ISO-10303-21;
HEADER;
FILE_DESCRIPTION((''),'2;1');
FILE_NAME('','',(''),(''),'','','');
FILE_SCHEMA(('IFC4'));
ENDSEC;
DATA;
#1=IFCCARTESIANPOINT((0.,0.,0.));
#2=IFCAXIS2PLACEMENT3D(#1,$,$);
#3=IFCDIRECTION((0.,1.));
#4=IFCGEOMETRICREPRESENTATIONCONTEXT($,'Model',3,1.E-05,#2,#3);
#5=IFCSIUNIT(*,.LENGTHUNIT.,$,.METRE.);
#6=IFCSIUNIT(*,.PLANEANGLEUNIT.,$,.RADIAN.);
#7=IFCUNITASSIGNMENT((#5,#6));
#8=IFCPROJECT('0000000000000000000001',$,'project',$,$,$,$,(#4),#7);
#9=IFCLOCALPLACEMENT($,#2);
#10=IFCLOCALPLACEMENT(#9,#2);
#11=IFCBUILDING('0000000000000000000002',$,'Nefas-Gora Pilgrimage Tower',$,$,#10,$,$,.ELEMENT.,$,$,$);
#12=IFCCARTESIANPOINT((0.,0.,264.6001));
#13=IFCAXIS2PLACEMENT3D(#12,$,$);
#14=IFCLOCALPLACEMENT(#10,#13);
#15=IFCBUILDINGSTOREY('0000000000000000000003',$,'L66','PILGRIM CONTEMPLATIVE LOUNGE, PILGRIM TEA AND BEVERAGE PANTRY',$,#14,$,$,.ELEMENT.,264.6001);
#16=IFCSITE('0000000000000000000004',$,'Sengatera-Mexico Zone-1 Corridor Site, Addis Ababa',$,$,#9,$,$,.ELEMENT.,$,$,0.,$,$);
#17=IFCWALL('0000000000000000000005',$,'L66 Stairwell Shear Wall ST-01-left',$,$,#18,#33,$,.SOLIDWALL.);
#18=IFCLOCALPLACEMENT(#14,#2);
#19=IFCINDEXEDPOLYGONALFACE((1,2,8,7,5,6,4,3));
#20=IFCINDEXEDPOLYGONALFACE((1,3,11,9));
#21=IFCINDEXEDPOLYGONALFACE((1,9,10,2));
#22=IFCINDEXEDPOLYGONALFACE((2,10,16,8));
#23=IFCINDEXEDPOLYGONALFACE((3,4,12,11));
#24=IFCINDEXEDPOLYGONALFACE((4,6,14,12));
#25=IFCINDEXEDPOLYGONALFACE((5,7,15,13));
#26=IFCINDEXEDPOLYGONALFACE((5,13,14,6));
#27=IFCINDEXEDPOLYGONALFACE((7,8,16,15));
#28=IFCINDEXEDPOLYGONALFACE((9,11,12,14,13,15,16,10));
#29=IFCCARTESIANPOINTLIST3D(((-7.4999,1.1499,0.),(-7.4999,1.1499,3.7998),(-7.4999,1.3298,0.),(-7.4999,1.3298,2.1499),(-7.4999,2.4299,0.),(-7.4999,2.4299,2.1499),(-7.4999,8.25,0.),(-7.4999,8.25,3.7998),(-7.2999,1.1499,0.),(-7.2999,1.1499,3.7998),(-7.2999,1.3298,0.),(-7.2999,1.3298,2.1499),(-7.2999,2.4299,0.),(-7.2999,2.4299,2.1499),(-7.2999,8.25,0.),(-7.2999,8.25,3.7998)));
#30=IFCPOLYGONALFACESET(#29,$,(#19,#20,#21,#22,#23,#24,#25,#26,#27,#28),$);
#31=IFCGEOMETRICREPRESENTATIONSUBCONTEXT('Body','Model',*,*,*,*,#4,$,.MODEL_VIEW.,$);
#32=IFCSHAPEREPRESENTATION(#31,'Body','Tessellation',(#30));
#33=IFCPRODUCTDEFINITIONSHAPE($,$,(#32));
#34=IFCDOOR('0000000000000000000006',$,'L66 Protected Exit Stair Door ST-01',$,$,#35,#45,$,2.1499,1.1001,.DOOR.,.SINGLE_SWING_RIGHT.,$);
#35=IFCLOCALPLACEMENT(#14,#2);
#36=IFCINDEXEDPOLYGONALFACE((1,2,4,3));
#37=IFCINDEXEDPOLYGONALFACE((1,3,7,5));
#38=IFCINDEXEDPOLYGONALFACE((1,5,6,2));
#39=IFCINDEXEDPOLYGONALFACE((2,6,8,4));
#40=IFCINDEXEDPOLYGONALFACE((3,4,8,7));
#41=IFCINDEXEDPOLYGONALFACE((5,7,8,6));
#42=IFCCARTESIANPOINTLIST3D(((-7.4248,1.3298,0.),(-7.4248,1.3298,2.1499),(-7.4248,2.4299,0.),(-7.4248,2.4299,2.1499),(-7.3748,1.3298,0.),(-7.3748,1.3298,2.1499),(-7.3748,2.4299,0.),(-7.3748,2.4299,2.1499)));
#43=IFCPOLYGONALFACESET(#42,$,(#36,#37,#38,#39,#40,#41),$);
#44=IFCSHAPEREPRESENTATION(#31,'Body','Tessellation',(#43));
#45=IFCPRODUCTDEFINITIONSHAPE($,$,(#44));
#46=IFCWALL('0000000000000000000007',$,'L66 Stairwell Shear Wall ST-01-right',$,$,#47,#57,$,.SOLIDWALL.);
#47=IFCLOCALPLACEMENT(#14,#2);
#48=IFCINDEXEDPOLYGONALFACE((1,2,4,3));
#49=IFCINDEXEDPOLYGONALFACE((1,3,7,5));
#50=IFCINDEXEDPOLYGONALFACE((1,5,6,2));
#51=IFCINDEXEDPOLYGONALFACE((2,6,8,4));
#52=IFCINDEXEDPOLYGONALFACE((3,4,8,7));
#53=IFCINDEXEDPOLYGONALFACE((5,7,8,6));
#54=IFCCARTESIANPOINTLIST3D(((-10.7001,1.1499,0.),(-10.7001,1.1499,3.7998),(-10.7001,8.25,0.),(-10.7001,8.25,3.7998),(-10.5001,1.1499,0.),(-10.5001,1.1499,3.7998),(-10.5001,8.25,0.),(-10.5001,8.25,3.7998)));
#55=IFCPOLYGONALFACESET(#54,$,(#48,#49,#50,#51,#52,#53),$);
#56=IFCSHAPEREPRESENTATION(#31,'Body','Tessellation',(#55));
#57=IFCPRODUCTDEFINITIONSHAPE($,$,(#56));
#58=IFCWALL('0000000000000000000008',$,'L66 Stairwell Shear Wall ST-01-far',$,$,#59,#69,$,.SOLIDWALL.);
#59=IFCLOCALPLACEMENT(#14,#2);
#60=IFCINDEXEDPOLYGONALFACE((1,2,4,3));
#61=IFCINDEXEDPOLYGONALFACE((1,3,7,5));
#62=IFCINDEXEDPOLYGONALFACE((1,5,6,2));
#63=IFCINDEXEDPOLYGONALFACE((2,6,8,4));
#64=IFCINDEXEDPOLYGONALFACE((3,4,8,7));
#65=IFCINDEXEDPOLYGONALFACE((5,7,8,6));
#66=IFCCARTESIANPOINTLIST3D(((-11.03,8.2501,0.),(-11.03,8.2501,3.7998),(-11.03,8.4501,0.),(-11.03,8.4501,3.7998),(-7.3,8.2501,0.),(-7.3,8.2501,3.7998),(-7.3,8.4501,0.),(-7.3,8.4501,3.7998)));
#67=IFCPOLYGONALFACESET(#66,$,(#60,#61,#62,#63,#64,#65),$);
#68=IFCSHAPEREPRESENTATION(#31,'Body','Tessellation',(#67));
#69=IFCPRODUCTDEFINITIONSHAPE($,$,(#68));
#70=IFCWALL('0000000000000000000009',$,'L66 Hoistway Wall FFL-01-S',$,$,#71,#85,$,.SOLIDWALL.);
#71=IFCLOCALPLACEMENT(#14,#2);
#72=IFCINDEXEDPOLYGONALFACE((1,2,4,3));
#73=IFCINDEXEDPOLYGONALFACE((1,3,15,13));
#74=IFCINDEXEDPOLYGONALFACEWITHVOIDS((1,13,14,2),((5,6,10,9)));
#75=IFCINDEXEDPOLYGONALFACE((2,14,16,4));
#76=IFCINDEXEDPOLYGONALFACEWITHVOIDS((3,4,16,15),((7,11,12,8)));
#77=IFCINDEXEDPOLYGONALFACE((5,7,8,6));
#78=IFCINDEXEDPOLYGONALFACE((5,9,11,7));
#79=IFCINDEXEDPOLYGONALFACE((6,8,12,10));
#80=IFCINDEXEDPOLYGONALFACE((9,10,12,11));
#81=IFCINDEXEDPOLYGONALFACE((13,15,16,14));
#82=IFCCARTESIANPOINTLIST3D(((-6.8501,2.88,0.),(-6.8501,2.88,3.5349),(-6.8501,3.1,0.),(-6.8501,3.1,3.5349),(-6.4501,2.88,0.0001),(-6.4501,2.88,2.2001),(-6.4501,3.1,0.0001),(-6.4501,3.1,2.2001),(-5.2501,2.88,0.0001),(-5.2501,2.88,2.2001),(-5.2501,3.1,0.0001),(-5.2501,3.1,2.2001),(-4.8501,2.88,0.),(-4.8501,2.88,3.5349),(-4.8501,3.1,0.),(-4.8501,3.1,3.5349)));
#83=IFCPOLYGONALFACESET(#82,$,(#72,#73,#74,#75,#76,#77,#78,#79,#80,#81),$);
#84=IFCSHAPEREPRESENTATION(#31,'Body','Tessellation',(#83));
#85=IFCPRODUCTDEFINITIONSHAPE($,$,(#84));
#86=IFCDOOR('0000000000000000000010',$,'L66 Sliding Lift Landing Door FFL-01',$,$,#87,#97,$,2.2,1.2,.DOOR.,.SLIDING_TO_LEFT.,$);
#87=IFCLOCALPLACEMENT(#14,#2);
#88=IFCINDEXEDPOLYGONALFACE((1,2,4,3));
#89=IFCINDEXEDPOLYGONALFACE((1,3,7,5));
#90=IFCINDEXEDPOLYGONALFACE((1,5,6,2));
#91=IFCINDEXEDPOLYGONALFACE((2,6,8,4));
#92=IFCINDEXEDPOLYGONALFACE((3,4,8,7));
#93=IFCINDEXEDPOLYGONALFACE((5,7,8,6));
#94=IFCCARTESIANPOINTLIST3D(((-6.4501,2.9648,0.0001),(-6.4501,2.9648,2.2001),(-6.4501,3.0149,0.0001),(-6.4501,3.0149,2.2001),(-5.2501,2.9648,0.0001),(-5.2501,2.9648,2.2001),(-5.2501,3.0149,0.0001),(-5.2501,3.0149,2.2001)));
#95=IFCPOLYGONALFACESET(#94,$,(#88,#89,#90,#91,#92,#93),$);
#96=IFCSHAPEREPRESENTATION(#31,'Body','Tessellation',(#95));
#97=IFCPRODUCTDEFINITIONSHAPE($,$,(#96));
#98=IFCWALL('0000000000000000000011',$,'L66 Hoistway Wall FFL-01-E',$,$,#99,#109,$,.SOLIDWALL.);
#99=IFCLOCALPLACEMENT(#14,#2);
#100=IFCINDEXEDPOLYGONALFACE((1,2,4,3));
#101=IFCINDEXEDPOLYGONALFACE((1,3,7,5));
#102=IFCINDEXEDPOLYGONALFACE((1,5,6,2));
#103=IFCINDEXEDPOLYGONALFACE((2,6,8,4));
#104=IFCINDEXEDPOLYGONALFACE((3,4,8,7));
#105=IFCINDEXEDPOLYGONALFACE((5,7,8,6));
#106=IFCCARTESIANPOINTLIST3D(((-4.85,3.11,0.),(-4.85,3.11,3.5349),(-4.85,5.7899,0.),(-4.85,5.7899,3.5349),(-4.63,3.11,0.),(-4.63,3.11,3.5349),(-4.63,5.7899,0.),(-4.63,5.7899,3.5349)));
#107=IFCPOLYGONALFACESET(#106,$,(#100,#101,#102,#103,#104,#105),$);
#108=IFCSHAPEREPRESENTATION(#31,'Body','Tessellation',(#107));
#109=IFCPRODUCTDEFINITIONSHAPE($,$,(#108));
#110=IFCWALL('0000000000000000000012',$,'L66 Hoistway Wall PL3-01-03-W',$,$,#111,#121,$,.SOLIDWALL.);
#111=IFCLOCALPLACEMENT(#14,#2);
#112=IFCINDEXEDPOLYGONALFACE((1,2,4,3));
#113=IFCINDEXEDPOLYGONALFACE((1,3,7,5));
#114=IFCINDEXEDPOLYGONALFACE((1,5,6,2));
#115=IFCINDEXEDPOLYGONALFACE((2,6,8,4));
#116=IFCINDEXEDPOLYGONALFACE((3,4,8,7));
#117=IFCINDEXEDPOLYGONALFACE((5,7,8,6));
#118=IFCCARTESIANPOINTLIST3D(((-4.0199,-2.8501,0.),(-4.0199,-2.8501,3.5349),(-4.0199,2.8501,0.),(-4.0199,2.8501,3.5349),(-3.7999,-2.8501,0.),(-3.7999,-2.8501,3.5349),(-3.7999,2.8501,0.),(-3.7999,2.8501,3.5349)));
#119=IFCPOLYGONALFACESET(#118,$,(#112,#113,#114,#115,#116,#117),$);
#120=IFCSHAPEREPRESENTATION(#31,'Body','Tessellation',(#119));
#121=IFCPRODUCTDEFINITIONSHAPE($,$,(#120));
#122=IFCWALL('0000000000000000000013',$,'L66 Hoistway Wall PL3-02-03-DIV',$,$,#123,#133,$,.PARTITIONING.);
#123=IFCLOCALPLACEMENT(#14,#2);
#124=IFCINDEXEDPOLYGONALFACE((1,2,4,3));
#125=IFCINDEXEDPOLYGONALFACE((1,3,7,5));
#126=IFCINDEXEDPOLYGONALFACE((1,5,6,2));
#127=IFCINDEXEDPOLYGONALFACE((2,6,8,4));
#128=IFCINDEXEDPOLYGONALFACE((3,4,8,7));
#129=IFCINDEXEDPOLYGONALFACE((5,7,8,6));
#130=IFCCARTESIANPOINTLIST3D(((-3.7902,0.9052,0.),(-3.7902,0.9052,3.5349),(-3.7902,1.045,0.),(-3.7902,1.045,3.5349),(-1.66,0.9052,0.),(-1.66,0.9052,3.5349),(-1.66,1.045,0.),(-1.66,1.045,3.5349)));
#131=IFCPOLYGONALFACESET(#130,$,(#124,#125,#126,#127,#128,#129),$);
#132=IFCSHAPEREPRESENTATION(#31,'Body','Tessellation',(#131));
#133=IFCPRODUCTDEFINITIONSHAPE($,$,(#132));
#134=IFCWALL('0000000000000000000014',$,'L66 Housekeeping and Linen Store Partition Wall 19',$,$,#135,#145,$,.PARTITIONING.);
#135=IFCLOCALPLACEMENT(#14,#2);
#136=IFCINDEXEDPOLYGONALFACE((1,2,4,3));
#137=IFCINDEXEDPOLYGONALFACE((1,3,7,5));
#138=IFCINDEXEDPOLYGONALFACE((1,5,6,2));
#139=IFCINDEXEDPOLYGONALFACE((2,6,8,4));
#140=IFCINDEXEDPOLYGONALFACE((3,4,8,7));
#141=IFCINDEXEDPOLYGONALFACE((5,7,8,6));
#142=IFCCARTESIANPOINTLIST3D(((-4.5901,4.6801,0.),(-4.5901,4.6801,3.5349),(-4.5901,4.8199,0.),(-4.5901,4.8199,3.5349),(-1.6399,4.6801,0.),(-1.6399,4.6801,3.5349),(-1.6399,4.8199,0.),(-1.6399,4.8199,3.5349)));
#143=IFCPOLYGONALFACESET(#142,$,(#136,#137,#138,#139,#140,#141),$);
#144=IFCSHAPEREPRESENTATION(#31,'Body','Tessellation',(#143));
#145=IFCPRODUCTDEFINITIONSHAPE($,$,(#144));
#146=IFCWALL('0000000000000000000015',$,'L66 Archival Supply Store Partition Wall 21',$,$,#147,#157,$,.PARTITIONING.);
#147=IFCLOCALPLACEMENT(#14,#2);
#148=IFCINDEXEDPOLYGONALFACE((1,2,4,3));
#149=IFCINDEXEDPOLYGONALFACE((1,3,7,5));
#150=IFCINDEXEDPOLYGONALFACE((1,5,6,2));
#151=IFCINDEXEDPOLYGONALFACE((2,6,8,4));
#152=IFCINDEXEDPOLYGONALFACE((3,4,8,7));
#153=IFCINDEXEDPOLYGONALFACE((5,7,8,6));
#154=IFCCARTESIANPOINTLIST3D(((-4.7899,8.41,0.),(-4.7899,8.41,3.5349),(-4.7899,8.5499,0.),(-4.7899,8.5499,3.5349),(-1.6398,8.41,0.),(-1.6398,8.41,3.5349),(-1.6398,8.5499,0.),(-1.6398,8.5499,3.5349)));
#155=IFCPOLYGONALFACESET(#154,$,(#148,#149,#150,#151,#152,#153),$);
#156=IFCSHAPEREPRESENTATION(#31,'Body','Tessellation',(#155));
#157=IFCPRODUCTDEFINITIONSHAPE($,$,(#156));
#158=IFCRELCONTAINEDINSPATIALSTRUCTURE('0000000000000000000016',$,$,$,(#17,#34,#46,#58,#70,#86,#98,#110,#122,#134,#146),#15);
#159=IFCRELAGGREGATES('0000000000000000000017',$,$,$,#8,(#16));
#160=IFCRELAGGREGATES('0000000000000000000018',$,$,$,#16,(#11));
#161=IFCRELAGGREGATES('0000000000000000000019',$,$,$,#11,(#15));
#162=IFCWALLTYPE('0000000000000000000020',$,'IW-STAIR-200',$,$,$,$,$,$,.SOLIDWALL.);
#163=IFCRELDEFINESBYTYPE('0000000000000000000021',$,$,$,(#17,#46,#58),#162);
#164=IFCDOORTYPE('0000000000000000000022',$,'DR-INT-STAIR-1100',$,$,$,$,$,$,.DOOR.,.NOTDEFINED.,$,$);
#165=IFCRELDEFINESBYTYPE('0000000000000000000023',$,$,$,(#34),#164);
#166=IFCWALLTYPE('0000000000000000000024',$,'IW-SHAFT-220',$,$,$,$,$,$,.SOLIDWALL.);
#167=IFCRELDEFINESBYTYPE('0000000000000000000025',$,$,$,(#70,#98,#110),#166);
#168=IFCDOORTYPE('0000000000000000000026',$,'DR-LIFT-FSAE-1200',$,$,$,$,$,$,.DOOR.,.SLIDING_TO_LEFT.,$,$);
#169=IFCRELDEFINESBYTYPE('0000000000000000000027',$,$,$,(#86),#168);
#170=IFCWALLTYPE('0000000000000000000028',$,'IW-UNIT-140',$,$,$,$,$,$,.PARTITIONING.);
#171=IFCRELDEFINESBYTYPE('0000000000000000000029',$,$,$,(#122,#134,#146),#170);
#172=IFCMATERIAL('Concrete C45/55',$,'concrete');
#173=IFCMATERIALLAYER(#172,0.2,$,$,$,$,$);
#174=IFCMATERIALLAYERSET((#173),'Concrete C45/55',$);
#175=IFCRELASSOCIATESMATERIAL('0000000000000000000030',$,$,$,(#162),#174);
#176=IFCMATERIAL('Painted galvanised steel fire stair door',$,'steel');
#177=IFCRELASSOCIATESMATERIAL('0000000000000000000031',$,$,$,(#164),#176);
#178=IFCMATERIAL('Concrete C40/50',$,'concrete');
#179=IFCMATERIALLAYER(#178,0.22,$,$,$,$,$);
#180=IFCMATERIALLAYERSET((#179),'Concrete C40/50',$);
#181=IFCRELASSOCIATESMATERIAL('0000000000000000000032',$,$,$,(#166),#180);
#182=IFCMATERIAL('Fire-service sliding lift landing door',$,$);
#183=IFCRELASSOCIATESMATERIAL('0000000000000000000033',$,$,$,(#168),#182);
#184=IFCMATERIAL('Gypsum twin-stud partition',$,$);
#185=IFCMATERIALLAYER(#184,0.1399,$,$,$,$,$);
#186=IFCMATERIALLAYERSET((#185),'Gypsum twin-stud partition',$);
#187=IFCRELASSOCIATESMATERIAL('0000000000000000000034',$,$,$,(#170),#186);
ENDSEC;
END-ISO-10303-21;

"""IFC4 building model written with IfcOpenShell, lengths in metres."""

from ifc_helpers import new_model, si_unit, direction, frame, frame_2d, origin, place, context, subcontext, project, spatial, rectangle, extrude, source, transform, mapped, material, layer, layer_set, type_object, element, fill, save


model = new_model("IFC4")

# Units and contexts
model_context = context("Model", 3, precision=1e-05, world=origin(), true_north=direction((0.0, 1.0)))
body_context = subcontext(model_context, "Body", "Model", "MODEL_VIEW")
ifc_project = project(units=[si_unit("LENGTHUNIT", "METRE"), si_unit("PLANEANGLEUNIT", "RADIAN")], contexts=[model_context])

# Site, building, storey
site_placement = place(None, origin())
site = spatial("IfcSite", under=ifc_project, at=site_placement, Name="Sengatera-Mexico Zone-1 Corridor Site, Addis Ababa", CompositionType="ELEMENT", RefElevation=0.0)
building_placement = place(site_placement, origin())
building = spatial("IfcBuilding", under=site, at=building_placement, Name="Nefas-Gora Pilgrimage Tower", CompositionType="ELEMENT")
storey_placement = place(building_placement, frame((0.0, 0.0, 264.6001)))
storey = spatial("IfcBuildingStorey", under=building, at=storey_placement, Name="L66", Description="PILGRIM CONTEMPLATIVE LOUNGE, PILGRIM TEA AND BEVERAGE PANTRY", CompositionType="ELEMENT", Elevation=264.6001)

# Shared definitions
ifc_material_1 = material(Name="Concrete C45/55", Category="concrete")
ifc_layer_1 = layer(ifc_material_1, 0.2)
ifc_layer_set_1 = layer_set([ifc_layer_1], Name="Concrete C45/55")
wall_type_1 = type_object("IfcWallType", Name="IW-STAIR-200", PredefinedType="SOLIDWALL", material=ifc_layer_set_1)

# Wall, opening, door
shared_shape_1 = source(origin(), body_context, "Body", "SweptSolid", [
    extrude(rectangle(XDim=7.1001, YDim=0.2, at=frame_2d((3.55, 0.0))), origin(), (0.0, 0.0, 1.0), 3.7998),
])
wall_1_placement = place(storey_placement, frame((-7.3999, 1.1499, 0.0), z_axis=(0.0, 0.0, 1.0), x_axis=(0.0, 1.0, 0.0)))
wall_1 = element("IfcWall", 1, at=wall_1_placement, inside=storey, type_object=wall_type_1, Name="L66 Stairwell Shear Wall ST-01-left", PredefinedType="SOLIDWALL", context=body_context, shape_type="MappedRepresentation", body=[
    mapped(shared_shape_1, transform((0.0, 0.0, 0.0), x_axis=(1.0, 0.0, 0.0), y_axis=(0.0, 1.0, 0.0), z_axis=(0.0, 0.0, 1.0), scale=1.0)),
])
opening_1_placement = place(wall_1_placement, frame((0.1799, 0.0, 0.0)))
opening_1 = element("IfcOpeningElement", 2, at=opening_1_placement, cuts=wall_1, PredefinedType="OPENING", context=body_context, shape_type="SweptSolid", body=[
    extrude(rectangle(XDim=1.1001, YDim=2.1499, at=frame_2d((0.55, 1.075))), frame((0.0, 0.1099, 0.0), z_axis=(0.0, -1.0, 0.0), x_axis=(1.0, 0.0, 0.0)), (0.0, 0.0, 1.0), 0.22),
])
ifc_material_2 = material(Name="Painted galvanised steel fire stair door", Category="steel")
door_type_1 = type_object("IfcDoorType", Name="DR-INT-STAIR-1100", OperationType="NOTDEFINED", PredefinedType="DOOR", material=ifc_material_2)
shared_shape_2 = source(origin(), body_context, "Body", "SweptSolid", [
    extrude(rectangle(XDim=1.1001, YDim=2.1499, at=frame_2d((0.55, 1.075))), frame((0.0, 0.0249, 0.0), z_axis=(0.0, -1.0, 0.0), x_axis=(1.0, 0.0, 0.0)), (0.0, 0.0, 1.0), 0.05),
])
door_1_placement = place(opening_1_placement, origin())
door_1 = element("IfcDoor", 3, at=door_1_placement, inside=storey, type_object=door_type_1, Name="L66 Protected Exit Stair Door ST-01", OperationType="SINGLE_SWING_RIGHT", OverallHeight=2.1499, OverallWidth=1.1001, PredefinedType="DOOR", context=body_context, shape_type="MappedRepresentation", body=[
    mapped(shared_shape_2, transform((0.0, 0.0, 0.0), x_axis=(1.0, 0.0, 0.0), y_axis=(0.0, 1.0, 0.0), z_axis=(0.0, 0.0, 1.0), scale=1.0)),
])
fill(opening_1, door_1)

# Walls
wall_2_placement = place(storey_placement, frame((-10.6001, 1.1499, 0.0), z_axis=(0.0, 0.0, 1.0), x_axis=(0.0, 1.0, 0.0)))
element("IfcWall", 4, at=wall_2_placement, inside=storey, type_object=wall_type_1, Name="L66 Stairwell Shear Wall ST-01-right", PredefinedType="SOLIDWALL", context=body_context, shape_type="MappedRepresentation", body=[
    mapped(shared_shape_1, transform((0.0, 0.0, 0.0), x_axis=(1.0, 0.0, 0.0), y_axis=(0.0, 1.0, 0.0), z_axis=(0.0, 0.0, 1.0), scale=1.0)),
])
shared_shape_3 = source(origin(), body_context, "Body", "SweptSolid", [
    extrude(rectangle(XDim=3.73, YDim=0.2, at=frame_2d((1.865, 0.0))), origin(), (0.0, 0.0, 1.0), 3.7998),
])
wall_3_placement = place(storey_placement, frame((-7.3, 8.3501, 0.0), z_axis=(0.0, 0.0, 1.0), x_axis=(-1.0, 0.0, 0.0)))
element("IfcWall", 5, at=wall_3_placement, inside=storey, type_object=wall_type_1, Name="L66 Stairwell Shear Wall ST-01-far", PredefinedType="SOLIDWALL", context=body_context, shape_type="MappedRepresentation", body=[
    mapped(shared_shape_3, transform((0.0, 0.0, 0.0), x_axis=(1.0, 0.0, 0.0), y_axis=(0.0, 1.0, 0.0), z_axis=(0.0, 0.0, 1.0), scale=1.0)),
])

# Wall, opening, door
ifc_material_3 = material(Name="Concrete C40/50", Category="concrete")
ifc_layer_2 = layer(ifc_material_3, 0.22)
ifc_layer_set_2 = layer_set([ifc_layer_2], Name="Concrete C40/50")
wall_type_2 = type_object("IfcWallType", Name="IW-SHAFT-220", PredefinedType="SOLIDWALL", material=ifc_layer_set_2)
shared_shape_4 = source(origin(), body_context, "Body", "SweptSolid", [
    extrude(rectangle(XDim=2.0, YDim=0.22, at=frame_2d((1.0, 0.0))), origin(), (0.0, 0.0, 1.0), 3.5349),
])
wall_4_placement = place(storey_placement, frame((-6.8501, 2.99, 0.0), z_axis=(0.0, 0.0, 1.0), x_axis=(1.0, 0.0, 0.0)))
wall_4 = element("IfcWall", 6, at=wall_4_placement, inside=storey, type_object=wall_type_2, Name="L66 Hoistway Wall FFL-01-S", PredefinedType="SOLIDWALL", context=body_context, shape_type="MappedRepresentation", body=[
    mapped(shared_shape_4, transform((0.0, 0.0, 0.0), x_axis=(1.0, 0.0, 0.0), y_axis=(0.0, 1.0, 0.0), z_axis=(0.0, 0.0, 1.0), scale=1.0)),
])
opening_2_placement = place(wall_4_placement, frame((0.3999, 0.0, 0.0)))
opening_2 = element("IfcOpeningElement", 7, at=opening_2_placement, cuts=wall_4, PredefinedType="OPENING", context=body_context, shape_type="SweptSolid", body=[
    extrude(rectangle(XDim=1.2, YDim=2.2, at=frame_2d((0.6001, 1.1001))), frame((0.0, 0.1199, 0.0), z_axis=(0.0, -1.0, 0.0), x_axis=(1.0, 0.0, 0.0)), (0.0, 0.0, 1.0), 0.24),
])
ifc_material_4 = material(Name="Fire-service sliding lift landing door")
door_type_2 = type_object("IfcDoorType", Name="DR-LIFT-FSAE-1200", OperationType="SLIDING_TO_LEFT", PredefinedType="DOOR", material=ifc_material_4)
shared_shape_5 = source(origin(), body_context, "Body", "SweptSolid", [
    extrude(rectangle(XDim=1.2, YDim=2.2, at=frame_2d((0.6001, 1.1001))), frame((0.0, 0.0249, 0.0), z_axis=(0.0, -1.0, 0.0), x_axis=(1.0, 0.0, 0.0)), (0.0, 0.0, 1.0), 0.05),
])
door_2_placement = place(opening_2_placement, origin())
door_2 = element("IfcDoor", 8, at=door_2_placement, inside=storey, type_object=door_type_2, Name="L66 Sliding Lift Landing Door FFL-01", OperationType="SLIDING_TO_LEFT", OverallHeight=2.2, OverallWidth=1.2, PredefinedType="DOOR", context=body_context, shape_type="MappedRepresentation", body=[
    mapped(shared_shape_5, transform((0.0, 0.0, 0.0), x_axis=(1.0, 0.0, 0.0), y_axis=(0.0, 1.0, 0.0), z_axis=(0.0, 0.0, 1.0), scale=1.0)),
])
fill(opening_2, door_2)

# Walls
shared_shape_6 = source(origin(), body_context, "Body", "SweptSolid", [
    extrude(rectangle(XDim=2.6799, YDim=0.22, at=frame_2d((1.3398, 0.0))), origin(), (0.0, 0.0, 1.0), 3.5349),
])
wall_5_placement = place(storey_placement, frame((-4.74, 3.1101, 0.0), z_axis=(0.0, 0.0, 1.0), x_axis=(0.0, 1.0, 0.0)))
element("IfcWall", 9, at=wall_5_placement, inside=storey, type_object=wall_type_2, Name="L66 Hoistway Wall FFL-01-E", PredefinedType="SOLIDWALL", context=body_context, shape_type="MappedRepresentation", body=[
    mapped(shared_shape_6, transform((0.0, 0.0, 0.0), x_axis=(1.0, 0.0, 0.0), y_axis=(0.0, 1.0, 0.0), z_axis=(0.0, 0.0, 1.0), scale=1.0)),
])
shared_shape_7 = source(origin(), body_context, "Body", "SweptSolid", [
    extrude(rectangle(XDim=5.7002, YDim=0.22, at=frame_2d((2.8501, 0.0))), origin(), (0.0, 0.0, 1.0), 3.5349),
])
wall_6_placement = place(storey_placement, frame((-3.9099, 2.8501, 0.0), z_axis=(0.0, 0.0, 1.0), x_axis=(0.0, -1.0, 0.0)))
element("IfcWall", 10, at=wall_6_placement, inside=storey, type_object=wall_type_2, Name="L66 Hoistway Wall PL3-01-03-W", PredefinedType="SOLIDWALL", context=body_context, shape_type="MappedRepresentation", body=[
    mapped(shared_shape_7, transform((0.0, 0.0, 0.0), x_axis=(1.0, 0.0, 0.0), y_axis=(0.0, 1.0, 0.0), z_axis=(0.0, 0.0, 1.0), scale=1.0)),
])
ifc_material_5 = material(Name="Gypsum twin-stud partition")
ifc_layer_3 = layer(ifc_material_5, 0.1399)
ifc_layer_set_3 = layer_set([ifc_layer_3], Name="Gypsum twin-stud partition")
wall_type_3 = type_object("IfcWallType", Name="IW-UNIT-140", PredefinedType="PARTITIONING", material=ifc_layer_set_3)
shared_shape_8 = source(origin(), body_context, "Body", "SweptSolid", [
    extrude(rectangle(XDim=2.1301, YDim=0.1399, at=frame_2d((1.0649, 0.0))), origin(), (0.0, 0.0, 1.0), 3.5349),
])
wall_7_placement = place(storey_placement, frame((-3.79, 0.9751, 0.0), z_axis=(0.0, 0.0, 1.0), x_axis=(1.0, 0.0, 0.0)))
element("IfcWall", 11, at=wall_7_placement, inside=storey, type_object=wall_type_3, Name="L66 Hoistway Wall PL3-02-03-DIV", PredefinedType="PARTITIONING", context=body_context, shape_type="MappedRepresentation", body=[
    mapped(shared_shape_8, transform((0.0, 0.0, 0.0), x_axis=(1.0, 0.0, 0.0), y_axis=(0.0, 1.0, 0.0), z_axis=(0.0, 0.0, 1.0), scale=1.0)),
])
shared_shape_9 = source(origin(), body_context, "Body", "SweptSolid", [
    extrude(rectangle(XDim=2.9502, YDim=0.1399, at=frame_2d((1.4751, 0.0))), origin(), (0.0, 0.0, 1.0), 3.5349),
])
wall_8_placement = place(storey_placement, frame((-4.5901, 4.75, 0.0), z_axis=(0.0, 0.0, 1.0), x_axis=(1.0, 0.0, 0.0)))
element("IfcWall", 12, at=wall_8_placement, inside=storey, type_object=wall_type_3, Name="L66 Housekeeping and Linen Store Partition Wall 19", PredefinedType="PARTITIONING", context=body_context, shape_type="MappedRepresentation", body=[
    mapped(shared_shape_9, transform((0.0, 0.0, 0.0), x_axis=(1.0, 0.0, 0.0), y_axis=(0.0, 1.0, 0.0), z_axis=(0.0, 0.0, 1.0), scale=1.0)),
])
shared_shape_10 = source(origin(), body_context, "Body", "SweptSolid", [
    extrude(rectangle(XDim=3.1501, YDim=0.1399, at=frame_2d((1.5752, 0.0))), origin(), (0.0, 0.0, 1.0), 3.5349),
])
wall_9_placement = place(storey_placement, frame((-4.79, 8.48, 0.0), z_axis=(0.0, 0.0, 1.0), x_axis=(1.0, 0.0, 0.0)))
element("IfcWall", 13, at=wall_9_placement, inside=storey, type_object=wall_type_3, Name="L66 Archival Supply Store Partition Wall 21", PredefinedType="PARTITIONING", context=body_context, shape_type="MappedRepresentation", body=[
    mapped(shared_shape_10, transform((0.0, 0.0, 0.0), x_axis=(1.0, 0.0, 0.0), y_axis=(0.0, 1.0, 0.0), z_axis=(0.0, 0.0, 1.0), scale=1.0)),
])

save(model, "model.ifc")
